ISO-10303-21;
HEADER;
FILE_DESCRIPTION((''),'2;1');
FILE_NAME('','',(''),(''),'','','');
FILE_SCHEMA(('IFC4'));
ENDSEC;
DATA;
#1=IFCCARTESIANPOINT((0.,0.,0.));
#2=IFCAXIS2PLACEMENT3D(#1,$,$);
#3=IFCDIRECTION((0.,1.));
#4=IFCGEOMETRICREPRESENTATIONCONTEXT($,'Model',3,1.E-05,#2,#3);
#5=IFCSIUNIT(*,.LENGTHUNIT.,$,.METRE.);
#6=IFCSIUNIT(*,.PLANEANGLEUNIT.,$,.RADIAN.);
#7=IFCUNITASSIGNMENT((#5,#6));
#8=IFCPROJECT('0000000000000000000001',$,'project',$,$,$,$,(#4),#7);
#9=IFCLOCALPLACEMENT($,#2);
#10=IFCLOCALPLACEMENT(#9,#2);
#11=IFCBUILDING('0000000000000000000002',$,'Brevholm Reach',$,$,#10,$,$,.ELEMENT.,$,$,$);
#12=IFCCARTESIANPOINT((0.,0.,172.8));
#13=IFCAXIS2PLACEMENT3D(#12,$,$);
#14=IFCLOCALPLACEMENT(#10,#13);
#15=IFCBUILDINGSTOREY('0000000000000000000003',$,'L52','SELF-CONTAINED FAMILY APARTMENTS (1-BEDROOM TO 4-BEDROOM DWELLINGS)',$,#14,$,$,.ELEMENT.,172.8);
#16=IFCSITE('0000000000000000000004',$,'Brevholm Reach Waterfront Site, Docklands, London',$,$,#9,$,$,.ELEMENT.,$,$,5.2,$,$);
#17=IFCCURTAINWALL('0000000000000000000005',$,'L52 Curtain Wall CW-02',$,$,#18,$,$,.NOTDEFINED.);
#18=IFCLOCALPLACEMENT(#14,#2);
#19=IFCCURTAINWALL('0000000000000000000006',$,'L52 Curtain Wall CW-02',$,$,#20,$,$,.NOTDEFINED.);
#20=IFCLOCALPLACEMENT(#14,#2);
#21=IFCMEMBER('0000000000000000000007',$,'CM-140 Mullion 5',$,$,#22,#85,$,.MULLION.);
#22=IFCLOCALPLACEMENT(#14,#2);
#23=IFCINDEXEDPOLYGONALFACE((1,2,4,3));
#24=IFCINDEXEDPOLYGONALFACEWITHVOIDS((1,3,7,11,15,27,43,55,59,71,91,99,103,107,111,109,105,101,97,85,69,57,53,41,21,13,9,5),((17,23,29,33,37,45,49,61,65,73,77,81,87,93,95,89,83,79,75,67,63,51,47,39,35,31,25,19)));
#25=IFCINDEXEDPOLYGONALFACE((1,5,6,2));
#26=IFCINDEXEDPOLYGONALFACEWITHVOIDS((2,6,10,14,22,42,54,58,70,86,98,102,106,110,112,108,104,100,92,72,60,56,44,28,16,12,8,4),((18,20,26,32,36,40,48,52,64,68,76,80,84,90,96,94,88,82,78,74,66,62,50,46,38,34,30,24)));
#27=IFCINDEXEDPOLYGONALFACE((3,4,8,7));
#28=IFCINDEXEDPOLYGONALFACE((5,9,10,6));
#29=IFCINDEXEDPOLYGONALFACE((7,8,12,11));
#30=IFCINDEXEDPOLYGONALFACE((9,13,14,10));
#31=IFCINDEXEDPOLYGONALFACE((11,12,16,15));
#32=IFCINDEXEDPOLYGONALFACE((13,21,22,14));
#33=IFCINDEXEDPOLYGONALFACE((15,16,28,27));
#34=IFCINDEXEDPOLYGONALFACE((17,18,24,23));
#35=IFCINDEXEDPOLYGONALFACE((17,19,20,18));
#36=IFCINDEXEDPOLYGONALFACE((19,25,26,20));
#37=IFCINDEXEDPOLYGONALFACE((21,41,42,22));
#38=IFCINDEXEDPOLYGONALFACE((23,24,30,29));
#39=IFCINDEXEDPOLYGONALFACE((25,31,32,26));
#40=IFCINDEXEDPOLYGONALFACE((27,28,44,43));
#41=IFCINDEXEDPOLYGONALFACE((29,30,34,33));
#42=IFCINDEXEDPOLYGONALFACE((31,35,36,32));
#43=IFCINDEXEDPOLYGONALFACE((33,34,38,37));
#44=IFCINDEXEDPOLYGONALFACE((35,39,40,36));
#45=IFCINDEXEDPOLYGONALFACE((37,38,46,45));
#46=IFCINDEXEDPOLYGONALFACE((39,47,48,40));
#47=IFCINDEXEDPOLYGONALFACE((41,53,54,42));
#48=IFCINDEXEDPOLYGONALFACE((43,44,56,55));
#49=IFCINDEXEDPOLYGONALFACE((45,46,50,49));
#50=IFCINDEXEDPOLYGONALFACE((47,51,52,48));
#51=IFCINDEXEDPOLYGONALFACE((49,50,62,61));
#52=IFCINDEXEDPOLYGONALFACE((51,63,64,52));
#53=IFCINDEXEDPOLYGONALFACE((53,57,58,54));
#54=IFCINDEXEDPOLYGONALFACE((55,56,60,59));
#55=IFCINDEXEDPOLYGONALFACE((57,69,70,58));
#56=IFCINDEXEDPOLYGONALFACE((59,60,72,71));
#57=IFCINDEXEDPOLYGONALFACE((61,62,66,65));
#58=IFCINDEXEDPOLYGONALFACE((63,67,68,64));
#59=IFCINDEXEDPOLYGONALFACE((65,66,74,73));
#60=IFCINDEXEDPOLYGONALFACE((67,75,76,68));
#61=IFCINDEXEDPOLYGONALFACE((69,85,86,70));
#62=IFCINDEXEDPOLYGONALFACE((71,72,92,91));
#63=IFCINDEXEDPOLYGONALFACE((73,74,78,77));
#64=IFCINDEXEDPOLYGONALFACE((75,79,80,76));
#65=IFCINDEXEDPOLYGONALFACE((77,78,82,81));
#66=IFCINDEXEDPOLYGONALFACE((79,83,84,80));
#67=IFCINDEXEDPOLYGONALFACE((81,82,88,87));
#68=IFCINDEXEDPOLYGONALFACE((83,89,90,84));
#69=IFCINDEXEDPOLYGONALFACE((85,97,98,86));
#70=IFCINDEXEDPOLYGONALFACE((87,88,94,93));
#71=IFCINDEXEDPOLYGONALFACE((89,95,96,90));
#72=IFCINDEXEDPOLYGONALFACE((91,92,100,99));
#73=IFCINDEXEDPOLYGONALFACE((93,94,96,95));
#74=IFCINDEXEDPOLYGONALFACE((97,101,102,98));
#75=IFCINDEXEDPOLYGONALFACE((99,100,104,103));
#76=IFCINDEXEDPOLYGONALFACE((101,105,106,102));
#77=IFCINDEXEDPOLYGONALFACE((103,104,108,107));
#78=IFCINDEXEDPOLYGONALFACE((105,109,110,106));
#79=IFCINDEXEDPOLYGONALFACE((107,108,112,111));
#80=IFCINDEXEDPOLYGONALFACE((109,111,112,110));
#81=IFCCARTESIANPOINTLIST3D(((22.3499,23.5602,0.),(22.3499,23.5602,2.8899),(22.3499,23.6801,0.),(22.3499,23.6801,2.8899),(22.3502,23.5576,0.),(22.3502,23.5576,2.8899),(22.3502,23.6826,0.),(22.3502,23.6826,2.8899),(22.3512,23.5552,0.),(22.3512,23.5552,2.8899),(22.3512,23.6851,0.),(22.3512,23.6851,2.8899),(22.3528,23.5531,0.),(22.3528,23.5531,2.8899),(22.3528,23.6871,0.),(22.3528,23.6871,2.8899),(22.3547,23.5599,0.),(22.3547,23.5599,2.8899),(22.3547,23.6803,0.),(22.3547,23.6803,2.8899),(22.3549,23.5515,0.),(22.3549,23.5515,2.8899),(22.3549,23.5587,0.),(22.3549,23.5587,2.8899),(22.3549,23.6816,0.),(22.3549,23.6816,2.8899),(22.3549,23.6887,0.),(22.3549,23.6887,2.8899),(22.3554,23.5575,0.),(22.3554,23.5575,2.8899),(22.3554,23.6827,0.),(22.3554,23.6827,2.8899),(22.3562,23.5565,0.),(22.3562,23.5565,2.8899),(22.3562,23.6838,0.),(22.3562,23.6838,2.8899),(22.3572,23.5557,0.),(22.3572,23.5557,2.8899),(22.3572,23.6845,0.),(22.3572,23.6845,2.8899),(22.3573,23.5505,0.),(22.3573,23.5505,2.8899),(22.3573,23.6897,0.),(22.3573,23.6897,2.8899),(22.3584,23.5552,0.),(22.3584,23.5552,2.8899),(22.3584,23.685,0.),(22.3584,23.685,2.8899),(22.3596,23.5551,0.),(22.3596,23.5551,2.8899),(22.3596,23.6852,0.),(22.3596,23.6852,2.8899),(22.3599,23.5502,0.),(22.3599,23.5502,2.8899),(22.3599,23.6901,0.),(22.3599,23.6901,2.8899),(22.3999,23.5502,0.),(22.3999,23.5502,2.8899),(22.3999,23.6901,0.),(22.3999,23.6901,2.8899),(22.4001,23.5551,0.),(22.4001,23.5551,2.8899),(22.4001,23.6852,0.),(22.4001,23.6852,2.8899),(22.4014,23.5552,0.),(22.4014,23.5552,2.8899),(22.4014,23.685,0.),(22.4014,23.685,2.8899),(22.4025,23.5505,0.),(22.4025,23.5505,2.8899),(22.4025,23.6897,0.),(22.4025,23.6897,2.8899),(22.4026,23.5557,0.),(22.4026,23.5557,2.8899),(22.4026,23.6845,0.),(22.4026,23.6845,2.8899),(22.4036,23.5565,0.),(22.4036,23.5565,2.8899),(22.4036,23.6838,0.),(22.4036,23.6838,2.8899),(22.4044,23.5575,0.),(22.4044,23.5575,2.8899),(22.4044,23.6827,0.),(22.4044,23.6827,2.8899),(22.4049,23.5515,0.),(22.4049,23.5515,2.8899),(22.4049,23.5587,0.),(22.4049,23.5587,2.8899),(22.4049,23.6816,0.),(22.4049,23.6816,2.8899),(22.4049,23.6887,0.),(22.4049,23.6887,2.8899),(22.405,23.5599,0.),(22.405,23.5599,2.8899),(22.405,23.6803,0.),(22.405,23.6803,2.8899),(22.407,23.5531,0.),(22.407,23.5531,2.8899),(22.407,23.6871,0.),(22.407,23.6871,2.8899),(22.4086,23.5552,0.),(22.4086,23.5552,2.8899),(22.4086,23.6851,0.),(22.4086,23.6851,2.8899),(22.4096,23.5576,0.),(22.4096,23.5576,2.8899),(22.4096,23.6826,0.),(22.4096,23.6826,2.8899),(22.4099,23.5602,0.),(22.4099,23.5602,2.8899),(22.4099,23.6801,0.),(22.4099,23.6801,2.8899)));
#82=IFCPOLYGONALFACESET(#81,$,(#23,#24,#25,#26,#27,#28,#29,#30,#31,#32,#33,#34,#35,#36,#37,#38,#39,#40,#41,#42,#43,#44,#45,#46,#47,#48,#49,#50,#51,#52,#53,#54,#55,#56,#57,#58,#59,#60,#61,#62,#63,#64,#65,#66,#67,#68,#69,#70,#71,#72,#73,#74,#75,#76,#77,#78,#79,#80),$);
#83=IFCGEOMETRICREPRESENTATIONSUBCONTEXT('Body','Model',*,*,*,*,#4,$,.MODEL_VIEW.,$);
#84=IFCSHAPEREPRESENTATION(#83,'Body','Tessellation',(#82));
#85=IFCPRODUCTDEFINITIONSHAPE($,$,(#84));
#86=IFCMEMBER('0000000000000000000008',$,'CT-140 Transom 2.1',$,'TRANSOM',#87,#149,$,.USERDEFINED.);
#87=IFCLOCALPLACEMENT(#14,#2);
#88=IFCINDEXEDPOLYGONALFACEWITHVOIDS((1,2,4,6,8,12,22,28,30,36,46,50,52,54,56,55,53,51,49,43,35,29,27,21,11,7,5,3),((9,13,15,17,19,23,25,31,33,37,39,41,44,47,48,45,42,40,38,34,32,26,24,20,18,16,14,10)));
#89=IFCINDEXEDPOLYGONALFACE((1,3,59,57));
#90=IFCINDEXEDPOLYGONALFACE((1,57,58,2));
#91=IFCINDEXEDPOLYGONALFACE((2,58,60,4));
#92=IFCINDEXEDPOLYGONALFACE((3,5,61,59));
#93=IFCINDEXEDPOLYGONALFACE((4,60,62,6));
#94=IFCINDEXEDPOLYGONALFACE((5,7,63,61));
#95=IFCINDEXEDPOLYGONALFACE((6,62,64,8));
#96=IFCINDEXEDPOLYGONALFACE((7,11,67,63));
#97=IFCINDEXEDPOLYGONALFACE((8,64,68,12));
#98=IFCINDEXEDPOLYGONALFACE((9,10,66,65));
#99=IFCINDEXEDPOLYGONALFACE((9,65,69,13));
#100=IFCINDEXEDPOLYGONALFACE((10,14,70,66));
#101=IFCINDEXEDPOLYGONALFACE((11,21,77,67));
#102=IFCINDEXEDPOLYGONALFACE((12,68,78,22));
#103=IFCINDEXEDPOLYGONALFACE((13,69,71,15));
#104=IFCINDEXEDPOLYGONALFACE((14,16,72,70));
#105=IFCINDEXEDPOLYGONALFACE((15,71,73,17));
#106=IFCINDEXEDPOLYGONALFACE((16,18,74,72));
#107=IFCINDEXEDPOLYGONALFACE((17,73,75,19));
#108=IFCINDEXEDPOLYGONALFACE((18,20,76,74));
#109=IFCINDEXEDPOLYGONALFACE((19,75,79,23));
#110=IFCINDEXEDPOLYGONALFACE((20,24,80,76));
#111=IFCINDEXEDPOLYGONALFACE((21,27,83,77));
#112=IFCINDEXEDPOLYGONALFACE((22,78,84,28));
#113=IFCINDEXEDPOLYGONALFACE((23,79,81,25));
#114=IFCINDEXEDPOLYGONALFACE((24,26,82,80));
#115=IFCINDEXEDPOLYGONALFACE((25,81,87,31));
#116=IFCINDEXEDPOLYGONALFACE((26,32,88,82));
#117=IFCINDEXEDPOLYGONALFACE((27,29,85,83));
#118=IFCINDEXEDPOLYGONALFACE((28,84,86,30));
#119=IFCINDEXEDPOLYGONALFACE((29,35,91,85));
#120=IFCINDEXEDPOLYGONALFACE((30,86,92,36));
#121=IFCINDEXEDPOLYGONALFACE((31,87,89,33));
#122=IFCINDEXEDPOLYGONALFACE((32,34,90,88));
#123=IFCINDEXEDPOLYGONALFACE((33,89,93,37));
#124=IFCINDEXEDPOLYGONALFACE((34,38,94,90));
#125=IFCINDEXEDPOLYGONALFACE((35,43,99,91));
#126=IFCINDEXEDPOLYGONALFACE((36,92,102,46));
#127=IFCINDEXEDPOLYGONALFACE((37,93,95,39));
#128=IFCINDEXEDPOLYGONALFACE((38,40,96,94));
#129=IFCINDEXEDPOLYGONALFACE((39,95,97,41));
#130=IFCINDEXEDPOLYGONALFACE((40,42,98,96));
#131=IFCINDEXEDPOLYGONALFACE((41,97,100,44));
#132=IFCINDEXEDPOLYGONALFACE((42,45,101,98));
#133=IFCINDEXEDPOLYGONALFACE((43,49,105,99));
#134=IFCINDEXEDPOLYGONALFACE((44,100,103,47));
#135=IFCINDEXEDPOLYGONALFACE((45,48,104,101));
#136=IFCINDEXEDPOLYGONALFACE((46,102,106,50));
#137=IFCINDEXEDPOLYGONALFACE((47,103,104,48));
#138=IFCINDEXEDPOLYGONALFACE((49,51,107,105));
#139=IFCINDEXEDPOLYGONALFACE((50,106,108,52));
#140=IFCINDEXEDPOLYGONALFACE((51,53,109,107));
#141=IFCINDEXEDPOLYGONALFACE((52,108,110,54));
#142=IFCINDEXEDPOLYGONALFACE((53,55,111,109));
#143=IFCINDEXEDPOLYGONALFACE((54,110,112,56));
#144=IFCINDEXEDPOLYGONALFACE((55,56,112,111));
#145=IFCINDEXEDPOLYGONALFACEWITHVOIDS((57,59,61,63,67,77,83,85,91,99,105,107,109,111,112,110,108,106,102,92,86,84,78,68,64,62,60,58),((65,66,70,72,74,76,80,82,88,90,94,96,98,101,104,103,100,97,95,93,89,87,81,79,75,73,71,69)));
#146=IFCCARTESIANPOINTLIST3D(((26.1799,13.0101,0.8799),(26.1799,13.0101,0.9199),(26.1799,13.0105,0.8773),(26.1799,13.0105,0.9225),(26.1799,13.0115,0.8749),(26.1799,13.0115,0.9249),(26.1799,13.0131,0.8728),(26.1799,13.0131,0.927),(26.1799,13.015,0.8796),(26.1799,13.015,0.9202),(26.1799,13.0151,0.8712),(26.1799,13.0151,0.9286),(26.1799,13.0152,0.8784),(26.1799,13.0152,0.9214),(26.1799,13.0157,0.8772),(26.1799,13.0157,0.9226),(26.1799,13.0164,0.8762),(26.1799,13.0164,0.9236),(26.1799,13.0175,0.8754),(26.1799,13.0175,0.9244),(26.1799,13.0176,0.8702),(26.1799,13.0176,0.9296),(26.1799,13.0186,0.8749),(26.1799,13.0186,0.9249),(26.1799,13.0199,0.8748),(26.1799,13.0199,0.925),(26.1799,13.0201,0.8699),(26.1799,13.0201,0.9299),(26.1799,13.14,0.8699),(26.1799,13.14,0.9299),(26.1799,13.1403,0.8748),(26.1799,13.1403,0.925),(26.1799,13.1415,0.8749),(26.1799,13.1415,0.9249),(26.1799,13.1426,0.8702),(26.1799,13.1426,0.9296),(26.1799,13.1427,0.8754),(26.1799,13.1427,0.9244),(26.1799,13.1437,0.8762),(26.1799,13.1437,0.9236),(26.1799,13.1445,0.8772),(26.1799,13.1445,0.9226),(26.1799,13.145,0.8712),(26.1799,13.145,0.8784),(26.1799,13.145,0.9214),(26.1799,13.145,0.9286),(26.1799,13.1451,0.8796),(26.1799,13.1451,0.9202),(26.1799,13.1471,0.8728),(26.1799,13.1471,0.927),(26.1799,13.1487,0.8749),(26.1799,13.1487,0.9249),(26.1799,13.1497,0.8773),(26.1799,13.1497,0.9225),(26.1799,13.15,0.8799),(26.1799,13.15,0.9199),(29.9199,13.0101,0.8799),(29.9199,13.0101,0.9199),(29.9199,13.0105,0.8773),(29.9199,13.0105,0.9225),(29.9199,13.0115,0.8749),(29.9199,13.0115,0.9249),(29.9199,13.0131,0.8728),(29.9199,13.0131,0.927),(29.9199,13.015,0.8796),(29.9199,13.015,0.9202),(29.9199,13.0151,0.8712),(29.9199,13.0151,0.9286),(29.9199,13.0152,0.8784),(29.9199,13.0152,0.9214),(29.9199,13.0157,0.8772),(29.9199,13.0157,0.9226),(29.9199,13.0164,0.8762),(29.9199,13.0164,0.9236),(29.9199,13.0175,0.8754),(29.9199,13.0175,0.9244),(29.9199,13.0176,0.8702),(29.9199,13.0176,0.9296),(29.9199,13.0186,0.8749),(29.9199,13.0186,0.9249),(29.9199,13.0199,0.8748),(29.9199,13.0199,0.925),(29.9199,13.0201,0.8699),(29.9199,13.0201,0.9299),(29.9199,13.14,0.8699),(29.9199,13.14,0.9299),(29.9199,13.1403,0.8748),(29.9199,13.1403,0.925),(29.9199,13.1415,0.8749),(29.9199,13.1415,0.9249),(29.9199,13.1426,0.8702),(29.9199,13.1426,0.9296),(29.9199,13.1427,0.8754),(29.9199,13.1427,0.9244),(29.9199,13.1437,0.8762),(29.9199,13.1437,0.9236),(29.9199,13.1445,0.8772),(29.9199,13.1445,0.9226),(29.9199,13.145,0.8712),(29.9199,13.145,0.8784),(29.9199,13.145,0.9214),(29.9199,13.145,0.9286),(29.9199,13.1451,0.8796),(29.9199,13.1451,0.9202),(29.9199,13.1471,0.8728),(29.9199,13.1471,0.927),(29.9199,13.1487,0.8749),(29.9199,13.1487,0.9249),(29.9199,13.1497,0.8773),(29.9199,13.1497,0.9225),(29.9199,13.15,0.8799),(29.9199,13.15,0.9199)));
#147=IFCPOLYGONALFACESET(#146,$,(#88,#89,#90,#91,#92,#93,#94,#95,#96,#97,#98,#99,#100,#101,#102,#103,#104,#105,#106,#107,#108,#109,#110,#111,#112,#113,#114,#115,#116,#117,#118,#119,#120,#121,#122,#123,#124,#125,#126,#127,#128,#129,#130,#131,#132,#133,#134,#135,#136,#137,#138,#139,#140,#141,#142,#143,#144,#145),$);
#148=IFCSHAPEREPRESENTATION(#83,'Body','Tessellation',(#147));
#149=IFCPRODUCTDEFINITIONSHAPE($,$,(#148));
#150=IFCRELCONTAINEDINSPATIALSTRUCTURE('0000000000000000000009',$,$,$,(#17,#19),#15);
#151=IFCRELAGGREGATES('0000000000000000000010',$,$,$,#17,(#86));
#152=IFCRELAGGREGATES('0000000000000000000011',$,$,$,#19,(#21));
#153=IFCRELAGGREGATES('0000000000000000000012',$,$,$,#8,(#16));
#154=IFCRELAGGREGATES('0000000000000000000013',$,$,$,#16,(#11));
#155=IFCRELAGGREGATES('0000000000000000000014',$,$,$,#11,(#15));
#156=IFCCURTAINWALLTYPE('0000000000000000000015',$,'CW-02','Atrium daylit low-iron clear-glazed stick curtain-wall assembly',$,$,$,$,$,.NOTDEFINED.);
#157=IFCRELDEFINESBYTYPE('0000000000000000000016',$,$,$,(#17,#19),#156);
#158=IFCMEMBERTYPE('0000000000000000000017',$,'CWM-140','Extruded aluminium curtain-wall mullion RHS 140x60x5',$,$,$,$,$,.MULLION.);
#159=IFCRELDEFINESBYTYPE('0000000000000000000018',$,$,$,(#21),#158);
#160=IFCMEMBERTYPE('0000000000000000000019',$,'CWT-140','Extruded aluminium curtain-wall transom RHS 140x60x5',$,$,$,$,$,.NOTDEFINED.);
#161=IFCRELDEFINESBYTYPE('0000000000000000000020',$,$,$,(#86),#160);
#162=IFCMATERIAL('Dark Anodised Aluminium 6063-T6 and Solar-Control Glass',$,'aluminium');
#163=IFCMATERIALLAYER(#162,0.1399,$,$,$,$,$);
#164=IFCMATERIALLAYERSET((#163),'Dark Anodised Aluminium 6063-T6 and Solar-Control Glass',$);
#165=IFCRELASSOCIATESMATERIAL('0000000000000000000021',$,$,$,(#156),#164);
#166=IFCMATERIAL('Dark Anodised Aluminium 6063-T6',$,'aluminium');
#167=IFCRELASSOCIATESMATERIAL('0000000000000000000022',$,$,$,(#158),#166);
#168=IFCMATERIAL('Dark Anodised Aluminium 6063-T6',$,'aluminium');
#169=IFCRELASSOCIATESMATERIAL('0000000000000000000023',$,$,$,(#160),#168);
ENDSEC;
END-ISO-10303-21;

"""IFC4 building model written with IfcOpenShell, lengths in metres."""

from ifc_helpers import new_model, si_unit, direction, frame, origin, origin_2d, place, context, subcontext, project, spatial, hollow_rectangle, extrude, material, layer, layer_set, material_profile, profile_set, type_object, element, aggregate, save


model = new_model("IFC4")

# Units and contexts
model_context = context("Model", 3, precision=1e-05, world=origin(), true_north=direction((0.0, 1.0)))
body_context = subcontext(model_context, "Body", "Model", "MODEL_VIEW")
ifc_project = project(units=[si_unit("LENGTHUNIT", "METRE"), si_unit("PLANEANGLEUNIT", "RADIAN")], contexts=[model_context])

# Site, building, storey
site_placement = place(None, origin())
site = spatial("IfcSite", under=ifc_project, at=site_placement, Name="Brevholm Reach Waterfront Site, Docklands, London", CompositionType="ELEMENT", RefElevation=5.2)
building_placement = place(site_placement, origin())
building = spatial("IfcBuilding", under=site, at=building_placement, Name="Brevholm Reach", CompositionType="ELEMENT")
storey_placement = place(building_placement, frame((0.0, 0.0, 172.8)))
storey = spatial("IfcBuildingStorey", under=building, at=storey_placement, Name="L52", Description="SELF-CONTAINED FAMILY APARTMENTS (1-BEDROOM TO 4-BEDROOM DWELLINGS)", CompositionType="ELEMENT", Elevation=172.8)

# Curtain wall
ifc_material_1 = material(Name="Dark Anodised Aluminium 6063-T6 and Solar-Control Glass", Category="aluminium")
ifc_layer_1 = layer(ifc_material_1, 0.1399)
ifc_layer_set_1 = layer_set([ifc_layer_1], Name="Dark Anodised Aluminium 6063-T6 and Solar-Control Glass")
curtain_wall_type = type_object("IfcCurtainWallType", Name="CW-02", Description="Atrium daylit low-iron clear-glazed stick curtain-wall assembly", PredefinedType="NOTDEFINED", material=ifc_layer_set_1)
curtain_wall_1_placement = place(storey_placement, origin())
curtain_wall_1 = element("IfcCurtainWall", 1, at=curtain_wall_1_placement, inside=storey, type_object=curtain_wall_type, Name="L52 Curtain Wall CW-02", PredefinedType="NOTDEFINED")
ifc_material_2 = material(Name="Dark Anodised Aluminium 6063-T6", Category="aluminium")
ifc_material_profile_1 = material_profile(ifc_material_2, hollow_rectangle(XDim=0.0601, YDim=0.1399, WallThickness=0.0049, InnerFilletRadius=0.0049, OuterFilletRadius=0.01, at=origin_2d()), Name="RHS 140x60x5")
ifc_profile_set_1 = profile_set([ifc_material_profile_1], Name="Dark Anodised Aluminium 6063-T6")
member_type_1 = type_object("IfcMemberType", Name="CWM-140", Description="Extruded aluminium curtain-wall mullion RHS 140x60x5", PredefinedType="MULLION", material=ifc_profile_set_1)

# Curtain wall, member
curtain_wall_2_placement = place(storey_placement, origin())
curtain_wall_2 = element("IfcCurtainWall", 2, at=curtain_wall_2_placement, inside=storey, type_object=curtain_wall_type, Name="L52 Curtain Wall CW-02", PredefinedType="NOTDEFINED")
member_1_placement = place(storey_placement, frame((22.3799, 23.6201, 0.0), z_axis=(0.0, 0.0, 1.0), x_axis=(-1.0, 0.0, 0.0)))
member_1 = element("IfcMember", 3, at=member_1_placement, type_object=member_type_1, Name="CM-140 Mullion 5", PredefinedType="MULLION", context=body_context, shape_type="SweptSolid", body=[
    extrude(hollow_rectangle(XDim=0.0601, YDim=0.1399, WallThickness=0.0049, InnerFilletRadius=0.0049, OuterFilletRadius=0.01, at=origin_2d()), origin(), (0.0, 0.0, 1.0), 2.8899),
])

# Member
ifc_material_3 = material(Name="Dark Anodised Aluminium 6063-T6", Category="aluminium")
ifc_material_profile_2 = material_profile(ifc_material_3, hollow_rectangle(XDim=0.0601, YDim=0.1399, WallThickness=0.0049, InnerFilletRadius=0.0049, OuterFilletRadius=0.01, at=origin_2d()), Name="RHS 140x60x5")
ifc_profile_set_2 = profile_set([ifc_material_profile_2], Name="Dark Anodised Aluminium 6063-T6")
member_type_2 = type_object("IfcMemberType", Name="CWT-140", Description="Extruded aluminium curtain-wall transom RHS 140x60x5", PredefinedType="NOTDEFINED", material=ifc_profile_set_2)
member_2_placement = place(storey_placement, frame((26.1799, 13.0801, 0.8999), z_axis=(1.0, 0.0, 0.0), x_axis=(0.0, 0.0, 1.0)))
member_2 = element("IfcMember", 4, at=member_2_placement, type_object=member_type_2, Name="CT-140 Transom 2.1", ObjectType="TRANSOM", PredefinedType="USERDEFINED", context=body_context, shape_type="SweptSolid", body=[
    extrude(hollow_rectangle(XDim=0.0601, YDim=0.1399, WallThickness=0.0049, InnerFilletRadius=0.0049, OuterFilletRadius=0.01, at=origin_2d()), origin(), (0.0, 0.0, 1.0), 3.74),
])

aggregate(curtain_wall_1, [member_2])
aggregate(curtain_wall_2, [member_1])

save(model, "model.ifc")
